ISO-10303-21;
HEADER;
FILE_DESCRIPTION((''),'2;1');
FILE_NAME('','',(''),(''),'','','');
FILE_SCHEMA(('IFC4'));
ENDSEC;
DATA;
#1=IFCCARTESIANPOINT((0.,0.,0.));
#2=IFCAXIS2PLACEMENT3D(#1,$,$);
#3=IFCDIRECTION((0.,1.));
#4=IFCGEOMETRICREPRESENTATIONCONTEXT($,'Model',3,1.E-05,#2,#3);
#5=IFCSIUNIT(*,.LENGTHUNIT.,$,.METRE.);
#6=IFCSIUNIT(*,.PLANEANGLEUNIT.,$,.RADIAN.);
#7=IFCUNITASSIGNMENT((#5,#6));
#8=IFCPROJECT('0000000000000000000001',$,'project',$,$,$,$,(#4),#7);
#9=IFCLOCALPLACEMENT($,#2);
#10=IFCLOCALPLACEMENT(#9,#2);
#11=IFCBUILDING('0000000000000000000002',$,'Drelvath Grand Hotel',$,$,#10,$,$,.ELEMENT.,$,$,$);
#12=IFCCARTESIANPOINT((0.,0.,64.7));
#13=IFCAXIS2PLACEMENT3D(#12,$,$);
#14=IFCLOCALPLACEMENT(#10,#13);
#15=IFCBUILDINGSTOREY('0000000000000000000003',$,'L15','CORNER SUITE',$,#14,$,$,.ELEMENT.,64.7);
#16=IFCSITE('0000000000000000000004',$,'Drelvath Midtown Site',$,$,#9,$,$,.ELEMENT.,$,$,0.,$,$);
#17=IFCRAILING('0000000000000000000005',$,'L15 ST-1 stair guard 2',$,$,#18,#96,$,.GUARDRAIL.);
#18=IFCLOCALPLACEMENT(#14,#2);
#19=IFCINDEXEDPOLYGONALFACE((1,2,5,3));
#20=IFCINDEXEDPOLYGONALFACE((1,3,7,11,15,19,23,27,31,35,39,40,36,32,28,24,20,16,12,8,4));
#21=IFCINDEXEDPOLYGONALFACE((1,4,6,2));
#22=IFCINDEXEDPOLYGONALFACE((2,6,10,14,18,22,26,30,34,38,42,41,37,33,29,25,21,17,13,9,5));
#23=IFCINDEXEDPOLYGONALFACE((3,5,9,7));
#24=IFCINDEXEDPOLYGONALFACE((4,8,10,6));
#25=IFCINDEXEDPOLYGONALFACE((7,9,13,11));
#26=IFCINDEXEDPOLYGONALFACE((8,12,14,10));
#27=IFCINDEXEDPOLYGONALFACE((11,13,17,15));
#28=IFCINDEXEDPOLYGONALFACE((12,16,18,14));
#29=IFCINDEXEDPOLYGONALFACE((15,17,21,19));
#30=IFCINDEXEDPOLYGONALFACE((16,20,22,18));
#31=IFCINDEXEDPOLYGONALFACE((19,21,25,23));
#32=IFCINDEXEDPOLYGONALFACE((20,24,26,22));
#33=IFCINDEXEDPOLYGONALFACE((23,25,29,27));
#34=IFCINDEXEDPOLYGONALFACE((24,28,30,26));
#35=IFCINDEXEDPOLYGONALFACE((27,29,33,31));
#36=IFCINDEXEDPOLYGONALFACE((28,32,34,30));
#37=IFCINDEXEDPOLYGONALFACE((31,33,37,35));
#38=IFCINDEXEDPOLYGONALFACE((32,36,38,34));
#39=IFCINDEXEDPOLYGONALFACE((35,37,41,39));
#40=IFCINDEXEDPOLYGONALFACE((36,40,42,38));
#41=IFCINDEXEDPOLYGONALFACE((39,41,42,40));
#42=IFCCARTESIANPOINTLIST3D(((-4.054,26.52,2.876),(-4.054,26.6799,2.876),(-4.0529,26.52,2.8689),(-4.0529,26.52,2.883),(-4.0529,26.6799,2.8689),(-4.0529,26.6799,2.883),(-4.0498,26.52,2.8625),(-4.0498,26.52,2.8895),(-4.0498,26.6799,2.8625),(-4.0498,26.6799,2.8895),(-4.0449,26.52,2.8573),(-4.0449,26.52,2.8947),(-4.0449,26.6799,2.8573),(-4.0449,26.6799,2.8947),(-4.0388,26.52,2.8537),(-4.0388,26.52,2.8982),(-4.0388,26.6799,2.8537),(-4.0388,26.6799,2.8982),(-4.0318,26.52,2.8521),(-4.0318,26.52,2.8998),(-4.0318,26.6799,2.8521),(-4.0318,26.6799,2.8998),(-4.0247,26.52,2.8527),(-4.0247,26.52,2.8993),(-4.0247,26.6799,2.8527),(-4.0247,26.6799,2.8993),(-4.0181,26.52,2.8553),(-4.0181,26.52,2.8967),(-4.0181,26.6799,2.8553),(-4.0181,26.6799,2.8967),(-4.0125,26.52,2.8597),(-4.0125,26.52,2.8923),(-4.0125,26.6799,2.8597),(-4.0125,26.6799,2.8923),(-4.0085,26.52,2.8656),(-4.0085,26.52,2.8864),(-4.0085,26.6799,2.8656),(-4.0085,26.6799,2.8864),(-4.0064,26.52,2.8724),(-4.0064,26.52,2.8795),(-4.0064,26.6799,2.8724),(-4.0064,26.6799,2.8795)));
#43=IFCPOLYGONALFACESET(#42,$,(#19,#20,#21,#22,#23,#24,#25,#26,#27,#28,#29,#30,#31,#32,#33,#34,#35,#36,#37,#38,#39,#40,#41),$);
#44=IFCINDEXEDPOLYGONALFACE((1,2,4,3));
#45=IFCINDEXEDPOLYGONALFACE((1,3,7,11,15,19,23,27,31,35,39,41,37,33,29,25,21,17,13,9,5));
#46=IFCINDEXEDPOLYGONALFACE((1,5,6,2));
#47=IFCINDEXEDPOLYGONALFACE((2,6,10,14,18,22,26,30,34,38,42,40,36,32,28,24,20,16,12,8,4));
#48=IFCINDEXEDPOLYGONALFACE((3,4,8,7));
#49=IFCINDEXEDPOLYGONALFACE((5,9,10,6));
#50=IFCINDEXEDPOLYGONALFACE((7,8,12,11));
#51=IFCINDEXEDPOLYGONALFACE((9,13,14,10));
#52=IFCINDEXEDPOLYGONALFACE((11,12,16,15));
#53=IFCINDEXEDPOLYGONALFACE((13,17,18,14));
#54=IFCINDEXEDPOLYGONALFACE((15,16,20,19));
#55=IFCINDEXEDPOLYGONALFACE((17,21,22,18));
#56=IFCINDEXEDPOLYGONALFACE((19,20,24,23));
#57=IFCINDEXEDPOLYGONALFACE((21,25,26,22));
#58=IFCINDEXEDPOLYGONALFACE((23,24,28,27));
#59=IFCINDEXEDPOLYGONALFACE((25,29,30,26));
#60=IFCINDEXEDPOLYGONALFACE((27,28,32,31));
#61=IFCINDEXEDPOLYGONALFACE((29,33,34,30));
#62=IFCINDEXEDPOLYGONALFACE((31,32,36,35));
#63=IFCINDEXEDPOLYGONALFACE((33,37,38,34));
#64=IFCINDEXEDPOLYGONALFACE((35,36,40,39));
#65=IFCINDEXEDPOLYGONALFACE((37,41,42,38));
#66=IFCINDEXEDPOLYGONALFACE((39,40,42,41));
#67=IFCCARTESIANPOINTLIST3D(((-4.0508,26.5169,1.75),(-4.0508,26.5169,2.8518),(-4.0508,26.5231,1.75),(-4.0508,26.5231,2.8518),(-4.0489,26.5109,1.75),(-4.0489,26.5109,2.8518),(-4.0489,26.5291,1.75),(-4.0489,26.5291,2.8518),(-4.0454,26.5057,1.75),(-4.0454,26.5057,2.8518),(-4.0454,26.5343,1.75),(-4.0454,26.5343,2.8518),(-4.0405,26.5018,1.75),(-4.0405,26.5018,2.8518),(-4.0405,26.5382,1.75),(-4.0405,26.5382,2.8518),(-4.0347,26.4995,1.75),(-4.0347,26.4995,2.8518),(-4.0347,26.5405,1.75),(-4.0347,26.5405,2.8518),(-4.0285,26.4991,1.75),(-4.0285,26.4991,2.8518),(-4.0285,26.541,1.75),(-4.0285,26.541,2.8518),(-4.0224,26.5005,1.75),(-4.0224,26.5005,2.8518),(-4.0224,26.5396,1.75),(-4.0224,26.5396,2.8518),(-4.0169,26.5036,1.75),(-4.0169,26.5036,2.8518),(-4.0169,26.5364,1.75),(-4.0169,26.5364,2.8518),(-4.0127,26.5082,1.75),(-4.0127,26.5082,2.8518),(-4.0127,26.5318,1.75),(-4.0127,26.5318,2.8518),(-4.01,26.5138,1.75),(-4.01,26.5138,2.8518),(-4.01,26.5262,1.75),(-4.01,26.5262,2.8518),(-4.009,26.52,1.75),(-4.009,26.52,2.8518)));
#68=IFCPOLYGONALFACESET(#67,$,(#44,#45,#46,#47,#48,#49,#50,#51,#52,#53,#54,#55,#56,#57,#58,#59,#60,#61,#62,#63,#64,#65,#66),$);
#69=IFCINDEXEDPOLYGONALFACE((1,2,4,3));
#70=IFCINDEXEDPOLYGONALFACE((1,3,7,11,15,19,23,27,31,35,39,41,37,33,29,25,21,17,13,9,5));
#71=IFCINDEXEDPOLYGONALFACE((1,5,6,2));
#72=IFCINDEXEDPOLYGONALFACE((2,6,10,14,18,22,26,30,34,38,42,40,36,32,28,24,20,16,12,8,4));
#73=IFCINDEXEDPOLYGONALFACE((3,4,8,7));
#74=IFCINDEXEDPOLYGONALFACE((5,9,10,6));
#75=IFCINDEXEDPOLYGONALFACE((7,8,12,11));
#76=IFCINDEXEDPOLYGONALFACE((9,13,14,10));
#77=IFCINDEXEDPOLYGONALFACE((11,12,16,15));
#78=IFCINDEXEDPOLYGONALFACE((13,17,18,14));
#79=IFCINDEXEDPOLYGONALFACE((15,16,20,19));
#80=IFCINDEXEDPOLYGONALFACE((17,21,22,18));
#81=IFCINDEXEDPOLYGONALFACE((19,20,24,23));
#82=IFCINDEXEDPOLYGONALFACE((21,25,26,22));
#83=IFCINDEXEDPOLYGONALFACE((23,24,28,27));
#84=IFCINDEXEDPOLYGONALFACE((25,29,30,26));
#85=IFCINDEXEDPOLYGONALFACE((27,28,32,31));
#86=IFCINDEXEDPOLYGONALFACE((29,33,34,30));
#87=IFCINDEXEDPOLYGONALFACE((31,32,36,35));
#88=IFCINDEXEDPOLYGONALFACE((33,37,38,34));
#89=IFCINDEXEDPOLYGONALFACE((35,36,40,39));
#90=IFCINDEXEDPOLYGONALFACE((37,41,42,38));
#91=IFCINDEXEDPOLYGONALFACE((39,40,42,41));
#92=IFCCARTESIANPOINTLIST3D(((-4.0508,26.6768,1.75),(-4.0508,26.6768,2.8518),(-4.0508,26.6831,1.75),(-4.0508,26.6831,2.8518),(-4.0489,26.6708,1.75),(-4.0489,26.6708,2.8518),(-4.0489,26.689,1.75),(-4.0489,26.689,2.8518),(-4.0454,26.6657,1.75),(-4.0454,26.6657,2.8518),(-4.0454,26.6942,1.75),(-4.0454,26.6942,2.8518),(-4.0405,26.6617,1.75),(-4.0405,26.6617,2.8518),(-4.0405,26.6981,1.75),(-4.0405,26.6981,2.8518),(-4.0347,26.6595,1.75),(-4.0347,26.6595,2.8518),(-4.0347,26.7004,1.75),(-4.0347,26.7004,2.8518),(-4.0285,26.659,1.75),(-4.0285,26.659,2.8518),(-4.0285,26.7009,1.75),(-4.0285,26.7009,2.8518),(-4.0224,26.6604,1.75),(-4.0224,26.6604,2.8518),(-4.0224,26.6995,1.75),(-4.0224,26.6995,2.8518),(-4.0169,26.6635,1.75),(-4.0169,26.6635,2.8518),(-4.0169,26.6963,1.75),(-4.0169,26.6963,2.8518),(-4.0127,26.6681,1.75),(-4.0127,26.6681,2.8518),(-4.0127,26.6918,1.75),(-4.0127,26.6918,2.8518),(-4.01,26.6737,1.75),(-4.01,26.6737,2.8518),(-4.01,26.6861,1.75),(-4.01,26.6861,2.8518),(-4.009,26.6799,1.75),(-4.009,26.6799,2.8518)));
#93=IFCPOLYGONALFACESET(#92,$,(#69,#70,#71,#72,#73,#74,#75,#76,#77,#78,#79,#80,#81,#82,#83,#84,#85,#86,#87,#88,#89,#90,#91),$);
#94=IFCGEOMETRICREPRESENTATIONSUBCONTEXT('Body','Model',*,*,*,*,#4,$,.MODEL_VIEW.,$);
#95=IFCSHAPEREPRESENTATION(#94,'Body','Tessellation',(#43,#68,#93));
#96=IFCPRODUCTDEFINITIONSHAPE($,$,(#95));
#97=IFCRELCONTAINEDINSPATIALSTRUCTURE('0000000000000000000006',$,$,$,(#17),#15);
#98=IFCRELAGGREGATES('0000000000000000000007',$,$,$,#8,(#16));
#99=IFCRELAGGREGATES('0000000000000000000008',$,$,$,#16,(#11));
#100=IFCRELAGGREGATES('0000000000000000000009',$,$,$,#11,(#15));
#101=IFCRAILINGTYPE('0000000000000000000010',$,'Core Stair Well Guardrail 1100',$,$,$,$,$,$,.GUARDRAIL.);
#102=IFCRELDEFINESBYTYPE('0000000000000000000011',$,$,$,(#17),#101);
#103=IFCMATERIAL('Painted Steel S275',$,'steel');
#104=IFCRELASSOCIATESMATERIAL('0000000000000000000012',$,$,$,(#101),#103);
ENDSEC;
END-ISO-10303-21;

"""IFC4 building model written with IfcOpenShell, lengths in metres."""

from ifc_helpers import new_model, si_unit, direction, frame, origin, origin_2d, place, context, subcontext, project, spatial, circle, extrude, material, type_object, element, save


model = new_model("IFC4")

# Units and contexts
model_context = context("Model", 3, precision=1e-05, world=origin(), true_north=direction((0.0, 1.0)))
body_context = subcontext(model_context, "Body", "Model", "MODEL_VIEW")
ifc_project = project(units=[si_unit("LENGTHUNIT", "METRE"), si_unit("PLANEANGLEUNIT", "RADIAN")], contexts=[model_context])

# Site, building, storey
site_placement = place(None, origin())
site = spatial("IfcSite", under=ifc_project, at=site_placement, Name="Drelvath Midtown Site", CompositionType="ELEMENT", RefElevation=0.0)
building_placement = place(site_placement, origin())
building = spatial("IfcBuilding", under=site, at=building_placement, Name="Drelvath Grand Hotel", CompositionType="ELEMENT")
storey_placement = place(building_placement, frame((0.0, 0.0, 64.7)))
storey = spatial("IfcBuildingStorey", under=building, at=storey_placement, Name="L15", Description="CORNER SUITE", CompositionType="ELEMENT", Elevation=64.7)

# Shared definitions
ifc_material_1 = material(Name="Painted Steel S275", Category="steel")

# Railing
railing_type_1 = type_object("IfcRailingType", Name="Core Stair Well Guardrail 1100", PredefinedType="GUARDRAIL", material=ifc_material_1)
railing_1_placement = place(storey_placement, frame((-4.03, 26.52, 1.75)))
element("IfcRailing", 1, at=railing_1_placement, inside=storey, type_object=railing_type_1, Name="L15 ST-1 stair guard 2", PredefinedType="GUARDRAIL", context=body_context, shape_type="SweptSolid", body=[
    extrude(circle(Radius=0.0239, at=origin_2d()), frame((0.0, 0.0, 1.126), z_axis=(0.0, 1.0, 0.0), x_axis=(-1.0, 0.0, 0.0)), (0.0, 0.0, 1.0), 0.1599),
    extrude(circle(Radius=0.021, at=origin_2d()), origin(), (0.0, 0.0, 1.0), 1.1018),
    extrude(circle(Radius=0.021, at=origin_2d()), frame((0.0, 0.1599, 0.0)), (0.0, 0.0, 1.0), 1.1018),
])

save(model, "model.ifc")
